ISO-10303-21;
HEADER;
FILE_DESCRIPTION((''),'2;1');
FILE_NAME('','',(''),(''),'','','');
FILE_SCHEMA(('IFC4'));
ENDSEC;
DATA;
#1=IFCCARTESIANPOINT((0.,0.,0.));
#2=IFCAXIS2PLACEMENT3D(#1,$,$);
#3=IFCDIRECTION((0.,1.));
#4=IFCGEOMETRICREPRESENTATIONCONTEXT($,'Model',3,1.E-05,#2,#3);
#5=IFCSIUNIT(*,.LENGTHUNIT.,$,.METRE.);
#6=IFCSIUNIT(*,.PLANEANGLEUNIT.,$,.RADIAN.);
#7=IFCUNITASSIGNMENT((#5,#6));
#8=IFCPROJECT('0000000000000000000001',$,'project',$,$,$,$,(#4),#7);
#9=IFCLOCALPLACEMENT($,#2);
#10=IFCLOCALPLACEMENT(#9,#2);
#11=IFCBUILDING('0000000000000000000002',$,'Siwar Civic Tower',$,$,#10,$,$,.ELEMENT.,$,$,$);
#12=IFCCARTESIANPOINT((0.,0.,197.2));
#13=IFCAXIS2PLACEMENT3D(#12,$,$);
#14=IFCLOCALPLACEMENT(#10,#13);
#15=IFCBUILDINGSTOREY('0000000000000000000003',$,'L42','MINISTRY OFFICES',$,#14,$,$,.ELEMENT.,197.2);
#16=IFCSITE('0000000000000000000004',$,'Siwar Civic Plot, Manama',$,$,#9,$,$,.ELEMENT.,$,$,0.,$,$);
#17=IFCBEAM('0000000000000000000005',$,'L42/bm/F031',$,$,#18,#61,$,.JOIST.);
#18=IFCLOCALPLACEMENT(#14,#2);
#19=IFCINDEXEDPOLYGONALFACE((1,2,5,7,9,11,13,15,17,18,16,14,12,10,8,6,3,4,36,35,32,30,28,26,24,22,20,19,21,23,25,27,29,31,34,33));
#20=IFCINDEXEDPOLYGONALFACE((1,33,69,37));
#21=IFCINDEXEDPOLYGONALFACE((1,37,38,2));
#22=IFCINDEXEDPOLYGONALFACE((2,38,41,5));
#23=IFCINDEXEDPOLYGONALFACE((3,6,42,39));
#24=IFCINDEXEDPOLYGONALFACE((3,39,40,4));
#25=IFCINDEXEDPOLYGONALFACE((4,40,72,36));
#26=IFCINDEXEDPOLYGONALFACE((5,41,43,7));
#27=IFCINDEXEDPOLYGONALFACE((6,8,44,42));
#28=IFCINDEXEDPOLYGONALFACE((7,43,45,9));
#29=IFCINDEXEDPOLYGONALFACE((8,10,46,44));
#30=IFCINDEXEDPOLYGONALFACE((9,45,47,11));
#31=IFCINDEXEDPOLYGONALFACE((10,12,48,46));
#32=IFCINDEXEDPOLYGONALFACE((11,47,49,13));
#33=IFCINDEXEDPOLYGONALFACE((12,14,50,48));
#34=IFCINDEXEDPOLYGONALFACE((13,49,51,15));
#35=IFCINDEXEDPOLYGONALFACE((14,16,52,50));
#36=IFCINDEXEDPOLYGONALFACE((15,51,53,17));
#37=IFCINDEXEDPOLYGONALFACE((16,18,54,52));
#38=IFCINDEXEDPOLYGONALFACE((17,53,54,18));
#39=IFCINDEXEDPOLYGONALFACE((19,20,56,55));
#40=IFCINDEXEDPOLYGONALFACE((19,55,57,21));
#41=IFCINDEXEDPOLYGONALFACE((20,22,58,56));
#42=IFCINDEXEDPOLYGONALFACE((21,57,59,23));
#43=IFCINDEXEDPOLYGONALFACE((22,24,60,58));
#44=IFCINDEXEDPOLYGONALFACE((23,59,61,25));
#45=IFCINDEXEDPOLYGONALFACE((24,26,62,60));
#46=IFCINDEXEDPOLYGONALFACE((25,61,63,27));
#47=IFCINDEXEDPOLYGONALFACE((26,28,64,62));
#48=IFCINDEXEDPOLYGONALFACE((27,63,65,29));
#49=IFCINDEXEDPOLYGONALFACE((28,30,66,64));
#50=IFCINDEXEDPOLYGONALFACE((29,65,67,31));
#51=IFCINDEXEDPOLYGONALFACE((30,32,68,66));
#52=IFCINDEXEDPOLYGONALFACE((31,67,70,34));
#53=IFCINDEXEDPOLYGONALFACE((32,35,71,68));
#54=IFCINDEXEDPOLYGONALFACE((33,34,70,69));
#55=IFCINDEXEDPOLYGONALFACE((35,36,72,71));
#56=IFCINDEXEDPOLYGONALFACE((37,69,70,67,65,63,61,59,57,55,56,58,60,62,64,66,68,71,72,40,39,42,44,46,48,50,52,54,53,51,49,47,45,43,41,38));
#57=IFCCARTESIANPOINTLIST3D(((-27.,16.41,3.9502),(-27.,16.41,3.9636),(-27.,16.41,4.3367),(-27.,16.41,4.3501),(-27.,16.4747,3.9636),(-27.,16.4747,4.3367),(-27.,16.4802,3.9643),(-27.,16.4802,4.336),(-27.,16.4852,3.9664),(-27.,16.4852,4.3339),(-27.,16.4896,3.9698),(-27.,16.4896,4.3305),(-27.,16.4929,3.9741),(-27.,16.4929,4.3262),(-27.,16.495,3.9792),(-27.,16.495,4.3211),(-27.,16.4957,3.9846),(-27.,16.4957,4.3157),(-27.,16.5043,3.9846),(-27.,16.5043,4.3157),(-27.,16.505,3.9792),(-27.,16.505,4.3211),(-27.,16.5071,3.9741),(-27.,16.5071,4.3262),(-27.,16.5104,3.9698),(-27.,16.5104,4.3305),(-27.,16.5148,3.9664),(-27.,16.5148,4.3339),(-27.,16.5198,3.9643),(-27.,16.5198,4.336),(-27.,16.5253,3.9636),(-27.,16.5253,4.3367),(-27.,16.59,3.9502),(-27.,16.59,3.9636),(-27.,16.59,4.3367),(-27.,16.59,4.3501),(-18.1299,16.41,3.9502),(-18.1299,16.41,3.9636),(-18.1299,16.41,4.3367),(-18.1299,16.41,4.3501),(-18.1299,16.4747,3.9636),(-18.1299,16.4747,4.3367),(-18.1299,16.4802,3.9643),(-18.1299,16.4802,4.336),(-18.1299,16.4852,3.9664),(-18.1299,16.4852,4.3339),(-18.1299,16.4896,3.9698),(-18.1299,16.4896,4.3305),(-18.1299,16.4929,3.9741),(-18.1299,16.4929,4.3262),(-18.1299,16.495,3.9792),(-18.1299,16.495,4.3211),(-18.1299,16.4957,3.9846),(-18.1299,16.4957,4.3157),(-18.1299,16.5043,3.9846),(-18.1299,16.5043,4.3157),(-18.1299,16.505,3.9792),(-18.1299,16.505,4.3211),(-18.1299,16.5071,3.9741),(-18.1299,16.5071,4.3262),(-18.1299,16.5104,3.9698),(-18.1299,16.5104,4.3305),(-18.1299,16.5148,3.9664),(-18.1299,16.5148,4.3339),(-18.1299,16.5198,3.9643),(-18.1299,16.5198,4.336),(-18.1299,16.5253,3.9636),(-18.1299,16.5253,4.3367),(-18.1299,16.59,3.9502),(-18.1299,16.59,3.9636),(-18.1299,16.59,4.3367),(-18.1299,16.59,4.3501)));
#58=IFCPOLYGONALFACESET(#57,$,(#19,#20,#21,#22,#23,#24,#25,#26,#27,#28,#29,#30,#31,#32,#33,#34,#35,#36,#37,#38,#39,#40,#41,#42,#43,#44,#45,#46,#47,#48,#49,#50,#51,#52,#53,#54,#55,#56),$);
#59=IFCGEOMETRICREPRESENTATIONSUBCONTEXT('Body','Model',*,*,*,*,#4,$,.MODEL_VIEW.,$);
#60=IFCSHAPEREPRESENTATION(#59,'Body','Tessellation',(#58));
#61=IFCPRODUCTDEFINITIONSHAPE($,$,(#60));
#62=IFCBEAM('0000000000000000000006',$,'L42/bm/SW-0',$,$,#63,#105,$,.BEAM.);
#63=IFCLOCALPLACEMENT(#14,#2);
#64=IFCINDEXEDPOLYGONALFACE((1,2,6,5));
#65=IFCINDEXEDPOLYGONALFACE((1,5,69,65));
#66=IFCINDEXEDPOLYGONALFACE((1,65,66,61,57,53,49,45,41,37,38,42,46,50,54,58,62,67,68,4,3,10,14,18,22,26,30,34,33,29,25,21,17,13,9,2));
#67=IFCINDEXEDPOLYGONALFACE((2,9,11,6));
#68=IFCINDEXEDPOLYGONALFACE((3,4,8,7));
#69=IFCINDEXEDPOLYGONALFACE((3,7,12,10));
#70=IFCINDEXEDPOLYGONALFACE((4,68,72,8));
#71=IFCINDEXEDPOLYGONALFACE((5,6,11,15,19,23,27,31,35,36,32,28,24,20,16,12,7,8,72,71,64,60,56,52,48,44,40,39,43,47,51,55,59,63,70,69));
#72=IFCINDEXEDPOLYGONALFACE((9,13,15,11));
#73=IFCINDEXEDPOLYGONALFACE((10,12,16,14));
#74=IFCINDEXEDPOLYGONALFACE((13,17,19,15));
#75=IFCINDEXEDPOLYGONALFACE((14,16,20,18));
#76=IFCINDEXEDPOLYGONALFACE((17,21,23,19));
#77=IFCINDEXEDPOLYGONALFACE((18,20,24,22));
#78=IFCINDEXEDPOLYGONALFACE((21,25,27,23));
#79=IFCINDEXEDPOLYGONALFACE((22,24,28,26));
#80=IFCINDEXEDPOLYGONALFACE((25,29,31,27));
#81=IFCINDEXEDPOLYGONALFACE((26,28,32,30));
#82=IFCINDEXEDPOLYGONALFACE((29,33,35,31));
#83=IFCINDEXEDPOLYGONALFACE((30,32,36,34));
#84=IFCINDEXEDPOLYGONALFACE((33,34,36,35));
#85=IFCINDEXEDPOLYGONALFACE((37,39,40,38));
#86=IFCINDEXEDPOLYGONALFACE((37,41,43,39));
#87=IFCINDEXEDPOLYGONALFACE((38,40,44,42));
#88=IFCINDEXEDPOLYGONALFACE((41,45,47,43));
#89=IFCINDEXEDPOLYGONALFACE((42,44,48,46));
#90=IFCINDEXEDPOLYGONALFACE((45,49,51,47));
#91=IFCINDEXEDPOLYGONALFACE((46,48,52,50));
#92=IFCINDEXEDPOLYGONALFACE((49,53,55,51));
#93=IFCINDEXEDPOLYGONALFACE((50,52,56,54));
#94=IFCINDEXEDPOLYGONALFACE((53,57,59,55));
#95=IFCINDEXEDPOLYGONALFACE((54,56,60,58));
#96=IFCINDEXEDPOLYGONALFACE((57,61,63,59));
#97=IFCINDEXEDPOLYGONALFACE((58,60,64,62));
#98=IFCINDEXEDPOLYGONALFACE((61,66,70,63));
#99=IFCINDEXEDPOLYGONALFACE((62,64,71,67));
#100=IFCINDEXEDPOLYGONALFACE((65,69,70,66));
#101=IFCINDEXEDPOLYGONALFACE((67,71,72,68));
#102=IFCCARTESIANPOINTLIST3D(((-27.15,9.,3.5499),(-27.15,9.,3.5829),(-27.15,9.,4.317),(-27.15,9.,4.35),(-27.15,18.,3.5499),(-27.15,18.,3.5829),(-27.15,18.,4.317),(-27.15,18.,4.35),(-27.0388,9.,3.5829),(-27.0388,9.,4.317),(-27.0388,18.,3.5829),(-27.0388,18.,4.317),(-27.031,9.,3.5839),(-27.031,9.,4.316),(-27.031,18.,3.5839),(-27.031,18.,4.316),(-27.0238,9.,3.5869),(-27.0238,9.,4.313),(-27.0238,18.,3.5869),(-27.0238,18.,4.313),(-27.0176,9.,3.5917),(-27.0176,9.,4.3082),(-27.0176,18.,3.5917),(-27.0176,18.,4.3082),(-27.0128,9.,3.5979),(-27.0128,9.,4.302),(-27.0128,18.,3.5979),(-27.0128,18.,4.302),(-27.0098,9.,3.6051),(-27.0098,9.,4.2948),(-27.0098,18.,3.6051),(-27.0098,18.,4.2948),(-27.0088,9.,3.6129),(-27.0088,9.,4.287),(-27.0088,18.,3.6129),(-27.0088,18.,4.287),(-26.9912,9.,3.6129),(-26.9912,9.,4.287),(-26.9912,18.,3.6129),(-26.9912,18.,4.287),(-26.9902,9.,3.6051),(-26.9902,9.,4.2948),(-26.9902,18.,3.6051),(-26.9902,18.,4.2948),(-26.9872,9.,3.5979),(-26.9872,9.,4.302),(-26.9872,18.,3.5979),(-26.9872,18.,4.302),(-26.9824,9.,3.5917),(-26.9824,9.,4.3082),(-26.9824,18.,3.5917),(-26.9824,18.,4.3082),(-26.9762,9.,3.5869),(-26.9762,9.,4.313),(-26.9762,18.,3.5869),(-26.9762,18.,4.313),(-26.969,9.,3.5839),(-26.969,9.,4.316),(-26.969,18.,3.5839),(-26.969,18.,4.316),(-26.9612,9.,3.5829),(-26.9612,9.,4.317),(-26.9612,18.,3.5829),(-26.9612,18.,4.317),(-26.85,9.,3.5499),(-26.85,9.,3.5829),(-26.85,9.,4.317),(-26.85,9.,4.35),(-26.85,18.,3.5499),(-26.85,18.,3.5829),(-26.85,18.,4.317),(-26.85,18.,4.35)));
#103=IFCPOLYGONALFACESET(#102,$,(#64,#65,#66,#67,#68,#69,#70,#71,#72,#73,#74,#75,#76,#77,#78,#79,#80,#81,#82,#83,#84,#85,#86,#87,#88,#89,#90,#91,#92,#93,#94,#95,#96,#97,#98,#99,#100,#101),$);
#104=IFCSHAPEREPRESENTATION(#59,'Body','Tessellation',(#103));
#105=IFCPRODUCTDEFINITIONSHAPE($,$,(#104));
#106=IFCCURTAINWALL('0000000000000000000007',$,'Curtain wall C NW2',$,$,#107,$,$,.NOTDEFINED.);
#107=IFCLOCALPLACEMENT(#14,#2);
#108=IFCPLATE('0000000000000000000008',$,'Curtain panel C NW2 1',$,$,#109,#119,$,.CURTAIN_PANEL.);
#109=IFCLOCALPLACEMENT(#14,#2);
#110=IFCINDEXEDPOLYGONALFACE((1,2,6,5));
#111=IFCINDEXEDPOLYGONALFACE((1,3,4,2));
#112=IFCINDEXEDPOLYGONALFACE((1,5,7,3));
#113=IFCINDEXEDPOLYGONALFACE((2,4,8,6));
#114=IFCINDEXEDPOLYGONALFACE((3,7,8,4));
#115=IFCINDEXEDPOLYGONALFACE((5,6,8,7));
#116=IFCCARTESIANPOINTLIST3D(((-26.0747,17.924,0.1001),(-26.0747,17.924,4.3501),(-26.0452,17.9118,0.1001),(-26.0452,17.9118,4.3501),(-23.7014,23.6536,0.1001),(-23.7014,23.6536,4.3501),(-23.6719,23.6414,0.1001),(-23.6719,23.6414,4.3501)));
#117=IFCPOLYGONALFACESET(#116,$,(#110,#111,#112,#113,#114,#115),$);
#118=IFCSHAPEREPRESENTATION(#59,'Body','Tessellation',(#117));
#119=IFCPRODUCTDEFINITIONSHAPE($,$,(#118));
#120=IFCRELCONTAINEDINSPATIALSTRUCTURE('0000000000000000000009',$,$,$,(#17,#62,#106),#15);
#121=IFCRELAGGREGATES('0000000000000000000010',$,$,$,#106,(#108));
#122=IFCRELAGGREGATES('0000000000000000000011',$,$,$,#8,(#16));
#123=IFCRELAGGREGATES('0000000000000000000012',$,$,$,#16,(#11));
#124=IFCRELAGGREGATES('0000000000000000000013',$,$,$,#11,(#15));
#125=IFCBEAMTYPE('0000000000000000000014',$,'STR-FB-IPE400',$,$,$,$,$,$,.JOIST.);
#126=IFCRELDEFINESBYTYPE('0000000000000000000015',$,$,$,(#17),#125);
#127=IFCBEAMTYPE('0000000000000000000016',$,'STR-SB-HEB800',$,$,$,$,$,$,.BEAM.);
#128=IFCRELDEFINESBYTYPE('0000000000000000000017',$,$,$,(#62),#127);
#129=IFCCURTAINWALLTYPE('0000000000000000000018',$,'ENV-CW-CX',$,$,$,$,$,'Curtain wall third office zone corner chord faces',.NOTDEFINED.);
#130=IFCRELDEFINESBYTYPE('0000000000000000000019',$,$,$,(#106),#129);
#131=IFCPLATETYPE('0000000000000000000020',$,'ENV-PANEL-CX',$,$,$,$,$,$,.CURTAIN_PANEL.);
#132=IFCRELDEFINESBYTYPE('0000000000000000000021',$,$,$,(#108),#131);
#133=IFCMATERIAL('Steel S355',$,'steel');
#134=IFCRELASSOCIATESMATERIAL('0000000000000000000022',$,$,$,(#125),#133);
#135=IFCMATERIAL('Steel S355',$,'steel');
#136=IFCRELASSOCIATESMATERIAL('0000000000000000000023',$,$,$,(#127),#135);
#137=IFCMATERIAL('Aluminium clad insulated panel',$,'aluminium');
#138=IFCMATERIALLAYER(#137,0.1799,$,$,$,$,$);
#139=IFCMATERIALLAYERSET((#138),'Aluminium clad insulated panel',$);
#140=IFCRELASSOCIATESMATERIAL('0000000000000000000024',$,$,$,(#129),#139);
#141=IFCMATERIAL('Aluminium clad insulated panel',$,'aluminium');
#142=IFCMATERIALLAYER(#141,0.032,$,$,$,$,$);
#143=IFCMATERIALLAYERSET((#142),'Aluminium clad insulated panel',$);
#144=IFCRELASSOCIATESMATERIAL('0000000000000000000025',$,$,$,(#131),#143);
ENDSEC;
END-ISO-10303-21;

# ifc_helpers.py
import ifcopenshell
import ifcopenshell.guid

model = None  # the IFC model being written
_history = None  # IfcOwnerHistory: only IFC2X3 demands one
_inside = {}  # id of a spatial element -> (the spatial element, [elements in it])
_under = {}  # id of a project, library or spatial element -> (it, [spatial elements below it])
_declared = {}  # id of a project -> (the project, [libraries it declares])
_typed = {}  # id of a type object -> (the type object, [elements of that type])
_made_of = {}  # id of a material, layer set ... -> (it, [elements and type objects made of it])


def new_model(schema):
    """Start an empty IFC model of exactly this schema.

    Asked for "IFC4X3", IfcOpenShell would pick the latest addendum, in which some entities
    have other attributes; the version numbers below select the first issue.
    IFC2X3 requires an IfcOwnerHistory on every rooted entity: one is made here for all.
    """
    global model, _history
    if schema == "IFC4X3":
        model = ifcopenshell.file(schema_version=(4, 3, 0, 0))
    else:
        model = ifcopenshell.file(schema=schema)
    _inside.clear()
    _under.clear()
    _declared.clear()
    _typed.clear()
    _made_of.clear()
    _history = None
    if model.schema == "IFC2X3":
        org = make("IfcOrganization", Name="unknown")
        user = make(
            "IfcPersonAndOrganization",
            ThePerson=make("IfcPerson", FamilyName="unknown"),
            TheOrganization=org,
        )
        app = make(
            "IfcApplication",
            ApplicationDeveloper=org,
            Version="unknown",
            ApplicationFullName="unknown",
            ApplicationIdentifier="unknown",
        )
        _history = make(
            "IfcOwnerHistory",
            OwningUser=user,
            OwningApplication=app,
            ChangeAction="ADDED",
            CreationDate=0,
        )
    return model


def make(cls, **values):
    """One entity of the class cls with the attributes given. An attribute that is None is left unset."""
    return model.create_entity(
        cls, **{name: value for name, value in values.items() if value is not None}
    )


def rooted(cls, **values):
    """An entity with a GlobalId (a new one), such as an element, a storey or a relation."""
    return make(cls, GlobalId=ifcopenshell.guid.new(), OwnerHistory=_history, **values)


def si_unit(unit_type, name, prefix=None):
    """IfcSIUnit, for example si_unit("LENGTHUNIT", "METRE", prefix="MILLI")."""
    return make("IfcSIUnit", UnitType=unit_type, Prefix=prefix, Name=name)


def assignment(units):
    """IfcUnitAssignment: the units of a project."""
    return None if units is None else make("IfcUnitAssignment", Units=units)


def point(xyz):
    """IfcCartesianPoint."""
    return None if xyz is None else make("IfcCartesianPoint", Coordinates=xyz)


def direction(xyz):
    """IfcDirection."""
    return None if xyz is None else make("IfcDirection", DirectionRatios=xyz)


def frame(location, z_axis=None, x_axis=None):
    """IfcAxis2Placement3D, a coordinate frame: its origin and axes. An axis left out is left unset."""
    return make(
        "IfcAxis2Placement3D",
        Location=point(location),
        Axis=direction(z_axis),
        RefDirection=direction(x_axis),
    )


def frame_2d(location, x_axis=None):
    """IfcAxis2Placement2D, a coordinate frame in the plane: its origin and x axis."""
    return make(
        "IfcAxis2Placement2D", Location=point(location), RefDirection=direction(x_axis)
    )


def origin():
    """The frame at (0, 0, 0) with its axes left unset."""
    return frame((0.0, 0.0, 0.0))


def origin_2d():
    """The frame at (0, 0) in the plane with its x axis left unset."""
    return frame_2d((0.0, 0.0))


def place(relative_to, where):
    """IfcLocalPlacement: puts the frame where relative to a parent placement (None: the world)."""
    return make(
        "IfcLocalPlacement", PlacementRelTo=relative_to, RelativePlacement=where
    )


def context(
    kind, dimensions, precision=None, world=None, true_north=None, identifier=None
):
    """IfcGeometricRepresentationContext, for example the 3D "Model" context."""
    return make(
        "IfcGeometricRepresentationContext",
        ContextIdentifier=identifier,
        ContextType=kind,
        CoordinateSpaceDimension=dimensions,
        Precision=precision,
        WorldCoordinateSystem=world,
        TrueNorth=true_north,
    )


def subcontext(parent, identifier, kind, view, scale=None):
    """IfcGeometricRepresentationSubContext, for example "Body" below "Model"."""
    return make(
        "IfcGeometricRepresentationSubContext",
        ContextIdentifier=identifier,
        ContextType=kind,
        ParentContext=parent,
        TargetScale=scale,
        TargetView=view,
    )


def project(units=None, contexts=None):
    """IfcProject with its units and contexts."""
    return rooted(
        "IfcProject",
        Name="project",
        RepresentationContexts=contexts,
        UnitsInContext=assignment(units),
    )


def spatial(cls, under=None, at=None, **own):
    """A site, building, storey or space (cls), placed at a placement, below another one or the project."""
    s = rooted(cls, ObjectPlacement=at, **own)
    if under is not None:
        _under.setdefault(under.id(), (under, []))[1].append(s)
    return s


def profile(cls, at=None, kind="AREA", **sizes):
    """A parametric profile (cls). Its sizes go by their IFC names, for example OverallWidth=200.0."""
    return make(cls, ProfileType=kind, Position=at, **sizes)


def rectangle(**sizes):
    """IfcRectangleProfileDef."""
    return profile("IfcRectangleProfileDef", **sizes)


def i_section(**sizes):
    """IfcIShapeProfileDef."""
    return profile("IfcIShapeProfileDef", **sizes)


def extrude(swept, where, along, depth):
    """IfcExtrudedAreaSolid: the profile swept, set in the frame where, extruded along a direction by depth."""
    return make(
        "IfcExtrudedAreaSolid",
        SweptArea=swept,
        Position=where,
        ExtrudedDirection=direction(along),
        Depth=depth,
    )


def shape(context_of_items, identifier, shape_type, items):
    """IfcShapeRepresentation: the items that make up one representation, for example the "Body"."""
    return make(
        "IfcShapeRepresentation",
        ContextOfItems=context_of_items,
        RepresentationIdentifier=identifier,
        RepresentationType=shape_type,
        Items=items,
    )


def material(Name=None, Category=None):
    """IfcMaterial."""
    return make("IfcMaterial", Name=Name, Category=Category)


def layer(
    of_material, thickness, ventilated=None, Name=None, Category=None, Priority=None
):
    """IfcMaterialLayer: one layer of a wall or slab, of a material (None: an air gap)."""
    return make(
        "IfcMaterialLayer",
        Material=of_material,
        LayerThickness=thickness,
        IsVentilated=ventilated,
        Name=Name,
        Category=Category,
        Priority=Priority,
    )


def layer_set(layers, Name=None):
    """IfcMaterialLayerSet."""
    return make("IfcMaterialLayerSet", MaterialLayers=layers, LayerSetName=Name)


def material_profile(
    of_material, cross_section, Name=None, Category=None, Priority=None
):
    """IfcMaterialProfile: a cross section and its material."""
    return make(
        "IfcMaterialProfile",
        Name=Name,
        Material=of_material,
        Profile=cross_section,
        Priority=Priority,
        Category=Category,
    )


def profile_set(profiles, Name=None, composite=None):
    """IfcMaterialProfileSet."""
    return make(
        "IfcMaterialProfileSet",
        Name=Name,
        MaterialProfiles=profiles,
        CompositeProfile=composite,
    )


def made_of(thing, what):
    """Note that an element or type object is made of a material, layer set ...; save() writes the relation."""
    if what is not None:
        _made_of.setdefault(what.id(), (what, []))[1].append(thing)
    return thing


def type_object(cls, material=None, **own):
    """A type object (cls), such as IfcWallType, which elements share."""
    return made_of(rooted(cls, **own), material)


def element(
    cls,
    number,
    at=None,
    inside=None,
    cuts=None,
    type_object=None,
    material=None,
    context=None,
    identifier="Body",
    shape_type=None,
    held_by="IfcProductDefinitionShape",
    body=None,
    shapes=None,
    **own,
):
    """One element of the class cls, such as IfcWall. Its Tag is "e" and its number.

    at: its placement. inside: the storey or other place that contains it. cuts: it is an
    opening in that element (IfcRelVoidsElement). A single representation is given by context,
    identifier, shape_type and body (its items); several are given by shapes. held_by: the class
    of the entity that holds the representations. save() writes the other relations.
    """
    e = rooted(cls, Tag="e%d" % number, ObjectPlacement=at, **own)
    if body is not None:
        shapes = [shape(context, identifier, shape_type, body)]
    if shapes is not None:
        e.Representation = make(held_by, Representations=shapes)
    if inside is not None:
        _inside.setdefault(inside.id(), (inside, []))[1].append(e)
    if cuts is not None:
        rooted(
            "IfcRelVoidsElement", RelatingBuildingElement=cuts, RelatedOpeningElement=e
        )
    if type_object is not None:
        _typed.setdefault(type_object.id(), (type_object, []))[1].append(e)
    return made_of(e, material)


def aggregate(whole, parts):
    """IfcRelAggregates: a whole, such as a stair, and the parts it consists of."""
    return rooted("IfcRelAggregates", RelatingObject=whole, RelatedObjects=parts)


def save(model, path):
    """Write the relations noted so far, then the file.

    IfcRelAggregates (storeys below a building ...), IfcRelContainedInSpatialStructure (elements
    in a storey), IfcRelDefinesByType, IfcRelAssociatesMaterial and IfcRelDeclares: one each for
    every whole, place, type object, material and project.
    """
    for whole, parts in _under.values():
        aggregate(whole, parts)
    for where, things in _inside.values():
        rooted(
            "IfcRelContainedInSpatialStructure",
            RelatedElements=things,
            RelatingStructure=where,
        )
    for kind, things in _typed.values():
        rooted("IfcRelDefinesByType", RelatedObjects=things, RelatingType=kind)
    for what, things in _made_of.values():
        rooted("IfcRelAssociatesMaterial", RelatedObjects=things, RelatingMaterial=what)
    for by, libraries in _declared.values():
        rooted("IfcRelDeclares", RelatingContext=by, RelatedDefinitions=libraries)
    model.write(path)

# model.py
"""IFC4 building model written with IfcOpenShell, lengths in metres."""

from ifc_helpers import new_model, si_unit, direction, frame, origin, origin_2d, place, context, subcontext, project, spatial, rectangle, i_section, extrude, material, layer, layer_set, material_profile, profile_set, type_object, element, aggregate, save


model = new_model("IFC4")

# Units and contexts
model_context = context("Model", 3, precision=1e-05, world=origin(), true_north=direction((0.0, 1.0)))
body_context = subcontext(model_context, "Body", "Model", "MODEL_VIEW")
ifc_project = project(units=[si_unit("LENGTHUNIT", "METRE"), si_unit("PLANEANGLEUNIT", "RADIAN")], contexts=[model_context])

# Site, building, storey
site_placement = place(None, origin())
site = spatial("IfcSite", under=ifc_project, at=site_placement, Name="Siwar Civic Plot, Manama", CompositionType="ELEMENT", RefElevation=0.0)
building_placement = place(site_placement, origin())
building = spatial("IfcBuilding", under=site, at=building_placement, Name="Siwar Civic Tower", CompositionType="ELEMENT")
storey_placement = place(building_placement, frame((0.0, 0.0, 197.2)))
storey = spatial("IfcBuildingStorey", under=building, at=storey_placement, Name="L42", Description="MINISTRY OFFICES", CompositionType="ELEMENT", Elevation=197.2)

# Beams
ifc_material_1 = material(Name="Steel S355", Category="steel")
ifc_material_profile_1 = material_profile(ifc_material_1, i_section(OverallWidth=0.1799, OverallDepth=0.3999, WebThickness=0.0085, FlangeThickness=0.0134, FilletRadius=0.021, at=origin_2d()), Name="IPE400")
ifc_profile_set_1 = profile_set([ifc_material_profile_1], Name="Steel S355")
beam_type_1 = type_object("IfcBeamType", Name="STR-FB-IPE400", PredefinedType="JOIST", material=ifc_profile_set_1)
beam_1_placement = place(storey_placement, frame((-27.0, 16.5, 4.1501), z_axis=(1.0, 0.0, 0.0), x_axis=(0.0, 1.0, 0.0)))
element("IfcBeam", 1, at=beam_1_placement, inside=storey, type_object=beam_type_1, Name="L42/bm/F031", PredefinedType="JOIST", context=body_context, shape_type="SweptSolid", body=[
    extrude(i_section(OverallWidth=0.1799, OverallDepth=0.3999, WebThickness=0.0085, FlangeThickness=0.0134, FilletRadius=0.021, at=origin_2d()), origin(), (0.0, 0.0, 1.0), 8.8701),
])
ifc_material_2 = material(Name="Steel S355", Category="steel")
ifc_material_profile_2 = material_profile(ifc_material_2, i_section(OverallWidth=0.3, OverallDepth=0.8, WebThickness=0.0176, FlangeThickness=0.033, FilletRadius=0.03, at=origin_2d()), Name="HEB800")
ifc_profile_set_2 = profile_set([ifc_material_profile_2], Name="Steel S355")
beam_type_2 = type_object("IfcBeamType", Name="STR-SB-HEB800", PredefinedType="BEAM", material=ifc_profile_set_2)
beam_2_placement = place(storey_placement, frame((-27.0, 18.0, 3.95), z_axis=(0.0, -1.0, 0.0), x_axis=(1.0, 0.0, 0.0)))
element("IfcBeam", 2, at=beam_2_placement, inside=storey, type_object=beam_type_2, Name="L42/bm/SW-0", PredefinedType="BEAM", context=body_context, shape_type="SweptSolid", body=[
    extrude(i_section(OverallWidth=0.3, OverallDepth=0.8, WebThickness=0.0176, FlangeThickness=0.033, FilletRadius=0.03, at=origin_2d()), origin(), (0.0, 0.0, 1.0), 9.0),
])

# Curtain wall, plate
ifc_material_3 = material(Name="Aluminium clad insulated panel", Category="aluminium")
ifc_layer_1 = layer(ifc_material_3, 0.1799)
ifc_layer_set_1 = layer_set([ifc_layer_1], Name="Aluminium clad insulated panel")
curtain_wall_type_1 = type_object("IfcCurtainWallType", Name="ENV-CW-CX", ElementType="Curtain wall third office zone corner chord faces", PredefinedType="NOTDEFINED", material=ifc_layer_set_1)
curtain_wall_1_placement = place(storey_placement, origin())
curtain_wall_1 = element("IfcCurtainWall", 3, at=curtain_wall_1_placement, inside=storey, type_object=curtain_wall_type_1, Name="Curtain wall C NW2", PredefinedType="NOTDEFINED")
ifc_material_4 = material(Name="Aluminium clad insulated panel", Category="aluminium")
ifc_layer_2 = layer(ifc_material_4, 0.032)
ifc_layer_set_2 = layer_set([ifc_layer_2], Name="Aluminium clad insulated panel")
plate_type = type_object("IfcPlateType", Name="ENV-PANEL-CX", PredefinedType="CURTAIN_PANEL", material=ifc_layer_set_2)
plate_placement = place(storey_placement, frame((-24.8733, 20.7827, 0.1001), z_axis=(0.0, 0.0, 1.0), x_axis=(-0.382683, -0.92388, 0.0)))
plate = element("IfcPlate", 4, at=plate_placement, type_object=plate_type, Name="Curtain panel C NW2 1", PredefinedType="CURTAIN_PANEL", context=body_context, shape_type="SweptSolid", body=[
    extrude(rectangle(XDim=6.2017, YDim=0.032, at=origin_2d()), origin(), (0.0, 0.0, 1.0), 4.25),
])
aggregate(curtain_wall_1, [plate])

save(model, "model.ifc")
